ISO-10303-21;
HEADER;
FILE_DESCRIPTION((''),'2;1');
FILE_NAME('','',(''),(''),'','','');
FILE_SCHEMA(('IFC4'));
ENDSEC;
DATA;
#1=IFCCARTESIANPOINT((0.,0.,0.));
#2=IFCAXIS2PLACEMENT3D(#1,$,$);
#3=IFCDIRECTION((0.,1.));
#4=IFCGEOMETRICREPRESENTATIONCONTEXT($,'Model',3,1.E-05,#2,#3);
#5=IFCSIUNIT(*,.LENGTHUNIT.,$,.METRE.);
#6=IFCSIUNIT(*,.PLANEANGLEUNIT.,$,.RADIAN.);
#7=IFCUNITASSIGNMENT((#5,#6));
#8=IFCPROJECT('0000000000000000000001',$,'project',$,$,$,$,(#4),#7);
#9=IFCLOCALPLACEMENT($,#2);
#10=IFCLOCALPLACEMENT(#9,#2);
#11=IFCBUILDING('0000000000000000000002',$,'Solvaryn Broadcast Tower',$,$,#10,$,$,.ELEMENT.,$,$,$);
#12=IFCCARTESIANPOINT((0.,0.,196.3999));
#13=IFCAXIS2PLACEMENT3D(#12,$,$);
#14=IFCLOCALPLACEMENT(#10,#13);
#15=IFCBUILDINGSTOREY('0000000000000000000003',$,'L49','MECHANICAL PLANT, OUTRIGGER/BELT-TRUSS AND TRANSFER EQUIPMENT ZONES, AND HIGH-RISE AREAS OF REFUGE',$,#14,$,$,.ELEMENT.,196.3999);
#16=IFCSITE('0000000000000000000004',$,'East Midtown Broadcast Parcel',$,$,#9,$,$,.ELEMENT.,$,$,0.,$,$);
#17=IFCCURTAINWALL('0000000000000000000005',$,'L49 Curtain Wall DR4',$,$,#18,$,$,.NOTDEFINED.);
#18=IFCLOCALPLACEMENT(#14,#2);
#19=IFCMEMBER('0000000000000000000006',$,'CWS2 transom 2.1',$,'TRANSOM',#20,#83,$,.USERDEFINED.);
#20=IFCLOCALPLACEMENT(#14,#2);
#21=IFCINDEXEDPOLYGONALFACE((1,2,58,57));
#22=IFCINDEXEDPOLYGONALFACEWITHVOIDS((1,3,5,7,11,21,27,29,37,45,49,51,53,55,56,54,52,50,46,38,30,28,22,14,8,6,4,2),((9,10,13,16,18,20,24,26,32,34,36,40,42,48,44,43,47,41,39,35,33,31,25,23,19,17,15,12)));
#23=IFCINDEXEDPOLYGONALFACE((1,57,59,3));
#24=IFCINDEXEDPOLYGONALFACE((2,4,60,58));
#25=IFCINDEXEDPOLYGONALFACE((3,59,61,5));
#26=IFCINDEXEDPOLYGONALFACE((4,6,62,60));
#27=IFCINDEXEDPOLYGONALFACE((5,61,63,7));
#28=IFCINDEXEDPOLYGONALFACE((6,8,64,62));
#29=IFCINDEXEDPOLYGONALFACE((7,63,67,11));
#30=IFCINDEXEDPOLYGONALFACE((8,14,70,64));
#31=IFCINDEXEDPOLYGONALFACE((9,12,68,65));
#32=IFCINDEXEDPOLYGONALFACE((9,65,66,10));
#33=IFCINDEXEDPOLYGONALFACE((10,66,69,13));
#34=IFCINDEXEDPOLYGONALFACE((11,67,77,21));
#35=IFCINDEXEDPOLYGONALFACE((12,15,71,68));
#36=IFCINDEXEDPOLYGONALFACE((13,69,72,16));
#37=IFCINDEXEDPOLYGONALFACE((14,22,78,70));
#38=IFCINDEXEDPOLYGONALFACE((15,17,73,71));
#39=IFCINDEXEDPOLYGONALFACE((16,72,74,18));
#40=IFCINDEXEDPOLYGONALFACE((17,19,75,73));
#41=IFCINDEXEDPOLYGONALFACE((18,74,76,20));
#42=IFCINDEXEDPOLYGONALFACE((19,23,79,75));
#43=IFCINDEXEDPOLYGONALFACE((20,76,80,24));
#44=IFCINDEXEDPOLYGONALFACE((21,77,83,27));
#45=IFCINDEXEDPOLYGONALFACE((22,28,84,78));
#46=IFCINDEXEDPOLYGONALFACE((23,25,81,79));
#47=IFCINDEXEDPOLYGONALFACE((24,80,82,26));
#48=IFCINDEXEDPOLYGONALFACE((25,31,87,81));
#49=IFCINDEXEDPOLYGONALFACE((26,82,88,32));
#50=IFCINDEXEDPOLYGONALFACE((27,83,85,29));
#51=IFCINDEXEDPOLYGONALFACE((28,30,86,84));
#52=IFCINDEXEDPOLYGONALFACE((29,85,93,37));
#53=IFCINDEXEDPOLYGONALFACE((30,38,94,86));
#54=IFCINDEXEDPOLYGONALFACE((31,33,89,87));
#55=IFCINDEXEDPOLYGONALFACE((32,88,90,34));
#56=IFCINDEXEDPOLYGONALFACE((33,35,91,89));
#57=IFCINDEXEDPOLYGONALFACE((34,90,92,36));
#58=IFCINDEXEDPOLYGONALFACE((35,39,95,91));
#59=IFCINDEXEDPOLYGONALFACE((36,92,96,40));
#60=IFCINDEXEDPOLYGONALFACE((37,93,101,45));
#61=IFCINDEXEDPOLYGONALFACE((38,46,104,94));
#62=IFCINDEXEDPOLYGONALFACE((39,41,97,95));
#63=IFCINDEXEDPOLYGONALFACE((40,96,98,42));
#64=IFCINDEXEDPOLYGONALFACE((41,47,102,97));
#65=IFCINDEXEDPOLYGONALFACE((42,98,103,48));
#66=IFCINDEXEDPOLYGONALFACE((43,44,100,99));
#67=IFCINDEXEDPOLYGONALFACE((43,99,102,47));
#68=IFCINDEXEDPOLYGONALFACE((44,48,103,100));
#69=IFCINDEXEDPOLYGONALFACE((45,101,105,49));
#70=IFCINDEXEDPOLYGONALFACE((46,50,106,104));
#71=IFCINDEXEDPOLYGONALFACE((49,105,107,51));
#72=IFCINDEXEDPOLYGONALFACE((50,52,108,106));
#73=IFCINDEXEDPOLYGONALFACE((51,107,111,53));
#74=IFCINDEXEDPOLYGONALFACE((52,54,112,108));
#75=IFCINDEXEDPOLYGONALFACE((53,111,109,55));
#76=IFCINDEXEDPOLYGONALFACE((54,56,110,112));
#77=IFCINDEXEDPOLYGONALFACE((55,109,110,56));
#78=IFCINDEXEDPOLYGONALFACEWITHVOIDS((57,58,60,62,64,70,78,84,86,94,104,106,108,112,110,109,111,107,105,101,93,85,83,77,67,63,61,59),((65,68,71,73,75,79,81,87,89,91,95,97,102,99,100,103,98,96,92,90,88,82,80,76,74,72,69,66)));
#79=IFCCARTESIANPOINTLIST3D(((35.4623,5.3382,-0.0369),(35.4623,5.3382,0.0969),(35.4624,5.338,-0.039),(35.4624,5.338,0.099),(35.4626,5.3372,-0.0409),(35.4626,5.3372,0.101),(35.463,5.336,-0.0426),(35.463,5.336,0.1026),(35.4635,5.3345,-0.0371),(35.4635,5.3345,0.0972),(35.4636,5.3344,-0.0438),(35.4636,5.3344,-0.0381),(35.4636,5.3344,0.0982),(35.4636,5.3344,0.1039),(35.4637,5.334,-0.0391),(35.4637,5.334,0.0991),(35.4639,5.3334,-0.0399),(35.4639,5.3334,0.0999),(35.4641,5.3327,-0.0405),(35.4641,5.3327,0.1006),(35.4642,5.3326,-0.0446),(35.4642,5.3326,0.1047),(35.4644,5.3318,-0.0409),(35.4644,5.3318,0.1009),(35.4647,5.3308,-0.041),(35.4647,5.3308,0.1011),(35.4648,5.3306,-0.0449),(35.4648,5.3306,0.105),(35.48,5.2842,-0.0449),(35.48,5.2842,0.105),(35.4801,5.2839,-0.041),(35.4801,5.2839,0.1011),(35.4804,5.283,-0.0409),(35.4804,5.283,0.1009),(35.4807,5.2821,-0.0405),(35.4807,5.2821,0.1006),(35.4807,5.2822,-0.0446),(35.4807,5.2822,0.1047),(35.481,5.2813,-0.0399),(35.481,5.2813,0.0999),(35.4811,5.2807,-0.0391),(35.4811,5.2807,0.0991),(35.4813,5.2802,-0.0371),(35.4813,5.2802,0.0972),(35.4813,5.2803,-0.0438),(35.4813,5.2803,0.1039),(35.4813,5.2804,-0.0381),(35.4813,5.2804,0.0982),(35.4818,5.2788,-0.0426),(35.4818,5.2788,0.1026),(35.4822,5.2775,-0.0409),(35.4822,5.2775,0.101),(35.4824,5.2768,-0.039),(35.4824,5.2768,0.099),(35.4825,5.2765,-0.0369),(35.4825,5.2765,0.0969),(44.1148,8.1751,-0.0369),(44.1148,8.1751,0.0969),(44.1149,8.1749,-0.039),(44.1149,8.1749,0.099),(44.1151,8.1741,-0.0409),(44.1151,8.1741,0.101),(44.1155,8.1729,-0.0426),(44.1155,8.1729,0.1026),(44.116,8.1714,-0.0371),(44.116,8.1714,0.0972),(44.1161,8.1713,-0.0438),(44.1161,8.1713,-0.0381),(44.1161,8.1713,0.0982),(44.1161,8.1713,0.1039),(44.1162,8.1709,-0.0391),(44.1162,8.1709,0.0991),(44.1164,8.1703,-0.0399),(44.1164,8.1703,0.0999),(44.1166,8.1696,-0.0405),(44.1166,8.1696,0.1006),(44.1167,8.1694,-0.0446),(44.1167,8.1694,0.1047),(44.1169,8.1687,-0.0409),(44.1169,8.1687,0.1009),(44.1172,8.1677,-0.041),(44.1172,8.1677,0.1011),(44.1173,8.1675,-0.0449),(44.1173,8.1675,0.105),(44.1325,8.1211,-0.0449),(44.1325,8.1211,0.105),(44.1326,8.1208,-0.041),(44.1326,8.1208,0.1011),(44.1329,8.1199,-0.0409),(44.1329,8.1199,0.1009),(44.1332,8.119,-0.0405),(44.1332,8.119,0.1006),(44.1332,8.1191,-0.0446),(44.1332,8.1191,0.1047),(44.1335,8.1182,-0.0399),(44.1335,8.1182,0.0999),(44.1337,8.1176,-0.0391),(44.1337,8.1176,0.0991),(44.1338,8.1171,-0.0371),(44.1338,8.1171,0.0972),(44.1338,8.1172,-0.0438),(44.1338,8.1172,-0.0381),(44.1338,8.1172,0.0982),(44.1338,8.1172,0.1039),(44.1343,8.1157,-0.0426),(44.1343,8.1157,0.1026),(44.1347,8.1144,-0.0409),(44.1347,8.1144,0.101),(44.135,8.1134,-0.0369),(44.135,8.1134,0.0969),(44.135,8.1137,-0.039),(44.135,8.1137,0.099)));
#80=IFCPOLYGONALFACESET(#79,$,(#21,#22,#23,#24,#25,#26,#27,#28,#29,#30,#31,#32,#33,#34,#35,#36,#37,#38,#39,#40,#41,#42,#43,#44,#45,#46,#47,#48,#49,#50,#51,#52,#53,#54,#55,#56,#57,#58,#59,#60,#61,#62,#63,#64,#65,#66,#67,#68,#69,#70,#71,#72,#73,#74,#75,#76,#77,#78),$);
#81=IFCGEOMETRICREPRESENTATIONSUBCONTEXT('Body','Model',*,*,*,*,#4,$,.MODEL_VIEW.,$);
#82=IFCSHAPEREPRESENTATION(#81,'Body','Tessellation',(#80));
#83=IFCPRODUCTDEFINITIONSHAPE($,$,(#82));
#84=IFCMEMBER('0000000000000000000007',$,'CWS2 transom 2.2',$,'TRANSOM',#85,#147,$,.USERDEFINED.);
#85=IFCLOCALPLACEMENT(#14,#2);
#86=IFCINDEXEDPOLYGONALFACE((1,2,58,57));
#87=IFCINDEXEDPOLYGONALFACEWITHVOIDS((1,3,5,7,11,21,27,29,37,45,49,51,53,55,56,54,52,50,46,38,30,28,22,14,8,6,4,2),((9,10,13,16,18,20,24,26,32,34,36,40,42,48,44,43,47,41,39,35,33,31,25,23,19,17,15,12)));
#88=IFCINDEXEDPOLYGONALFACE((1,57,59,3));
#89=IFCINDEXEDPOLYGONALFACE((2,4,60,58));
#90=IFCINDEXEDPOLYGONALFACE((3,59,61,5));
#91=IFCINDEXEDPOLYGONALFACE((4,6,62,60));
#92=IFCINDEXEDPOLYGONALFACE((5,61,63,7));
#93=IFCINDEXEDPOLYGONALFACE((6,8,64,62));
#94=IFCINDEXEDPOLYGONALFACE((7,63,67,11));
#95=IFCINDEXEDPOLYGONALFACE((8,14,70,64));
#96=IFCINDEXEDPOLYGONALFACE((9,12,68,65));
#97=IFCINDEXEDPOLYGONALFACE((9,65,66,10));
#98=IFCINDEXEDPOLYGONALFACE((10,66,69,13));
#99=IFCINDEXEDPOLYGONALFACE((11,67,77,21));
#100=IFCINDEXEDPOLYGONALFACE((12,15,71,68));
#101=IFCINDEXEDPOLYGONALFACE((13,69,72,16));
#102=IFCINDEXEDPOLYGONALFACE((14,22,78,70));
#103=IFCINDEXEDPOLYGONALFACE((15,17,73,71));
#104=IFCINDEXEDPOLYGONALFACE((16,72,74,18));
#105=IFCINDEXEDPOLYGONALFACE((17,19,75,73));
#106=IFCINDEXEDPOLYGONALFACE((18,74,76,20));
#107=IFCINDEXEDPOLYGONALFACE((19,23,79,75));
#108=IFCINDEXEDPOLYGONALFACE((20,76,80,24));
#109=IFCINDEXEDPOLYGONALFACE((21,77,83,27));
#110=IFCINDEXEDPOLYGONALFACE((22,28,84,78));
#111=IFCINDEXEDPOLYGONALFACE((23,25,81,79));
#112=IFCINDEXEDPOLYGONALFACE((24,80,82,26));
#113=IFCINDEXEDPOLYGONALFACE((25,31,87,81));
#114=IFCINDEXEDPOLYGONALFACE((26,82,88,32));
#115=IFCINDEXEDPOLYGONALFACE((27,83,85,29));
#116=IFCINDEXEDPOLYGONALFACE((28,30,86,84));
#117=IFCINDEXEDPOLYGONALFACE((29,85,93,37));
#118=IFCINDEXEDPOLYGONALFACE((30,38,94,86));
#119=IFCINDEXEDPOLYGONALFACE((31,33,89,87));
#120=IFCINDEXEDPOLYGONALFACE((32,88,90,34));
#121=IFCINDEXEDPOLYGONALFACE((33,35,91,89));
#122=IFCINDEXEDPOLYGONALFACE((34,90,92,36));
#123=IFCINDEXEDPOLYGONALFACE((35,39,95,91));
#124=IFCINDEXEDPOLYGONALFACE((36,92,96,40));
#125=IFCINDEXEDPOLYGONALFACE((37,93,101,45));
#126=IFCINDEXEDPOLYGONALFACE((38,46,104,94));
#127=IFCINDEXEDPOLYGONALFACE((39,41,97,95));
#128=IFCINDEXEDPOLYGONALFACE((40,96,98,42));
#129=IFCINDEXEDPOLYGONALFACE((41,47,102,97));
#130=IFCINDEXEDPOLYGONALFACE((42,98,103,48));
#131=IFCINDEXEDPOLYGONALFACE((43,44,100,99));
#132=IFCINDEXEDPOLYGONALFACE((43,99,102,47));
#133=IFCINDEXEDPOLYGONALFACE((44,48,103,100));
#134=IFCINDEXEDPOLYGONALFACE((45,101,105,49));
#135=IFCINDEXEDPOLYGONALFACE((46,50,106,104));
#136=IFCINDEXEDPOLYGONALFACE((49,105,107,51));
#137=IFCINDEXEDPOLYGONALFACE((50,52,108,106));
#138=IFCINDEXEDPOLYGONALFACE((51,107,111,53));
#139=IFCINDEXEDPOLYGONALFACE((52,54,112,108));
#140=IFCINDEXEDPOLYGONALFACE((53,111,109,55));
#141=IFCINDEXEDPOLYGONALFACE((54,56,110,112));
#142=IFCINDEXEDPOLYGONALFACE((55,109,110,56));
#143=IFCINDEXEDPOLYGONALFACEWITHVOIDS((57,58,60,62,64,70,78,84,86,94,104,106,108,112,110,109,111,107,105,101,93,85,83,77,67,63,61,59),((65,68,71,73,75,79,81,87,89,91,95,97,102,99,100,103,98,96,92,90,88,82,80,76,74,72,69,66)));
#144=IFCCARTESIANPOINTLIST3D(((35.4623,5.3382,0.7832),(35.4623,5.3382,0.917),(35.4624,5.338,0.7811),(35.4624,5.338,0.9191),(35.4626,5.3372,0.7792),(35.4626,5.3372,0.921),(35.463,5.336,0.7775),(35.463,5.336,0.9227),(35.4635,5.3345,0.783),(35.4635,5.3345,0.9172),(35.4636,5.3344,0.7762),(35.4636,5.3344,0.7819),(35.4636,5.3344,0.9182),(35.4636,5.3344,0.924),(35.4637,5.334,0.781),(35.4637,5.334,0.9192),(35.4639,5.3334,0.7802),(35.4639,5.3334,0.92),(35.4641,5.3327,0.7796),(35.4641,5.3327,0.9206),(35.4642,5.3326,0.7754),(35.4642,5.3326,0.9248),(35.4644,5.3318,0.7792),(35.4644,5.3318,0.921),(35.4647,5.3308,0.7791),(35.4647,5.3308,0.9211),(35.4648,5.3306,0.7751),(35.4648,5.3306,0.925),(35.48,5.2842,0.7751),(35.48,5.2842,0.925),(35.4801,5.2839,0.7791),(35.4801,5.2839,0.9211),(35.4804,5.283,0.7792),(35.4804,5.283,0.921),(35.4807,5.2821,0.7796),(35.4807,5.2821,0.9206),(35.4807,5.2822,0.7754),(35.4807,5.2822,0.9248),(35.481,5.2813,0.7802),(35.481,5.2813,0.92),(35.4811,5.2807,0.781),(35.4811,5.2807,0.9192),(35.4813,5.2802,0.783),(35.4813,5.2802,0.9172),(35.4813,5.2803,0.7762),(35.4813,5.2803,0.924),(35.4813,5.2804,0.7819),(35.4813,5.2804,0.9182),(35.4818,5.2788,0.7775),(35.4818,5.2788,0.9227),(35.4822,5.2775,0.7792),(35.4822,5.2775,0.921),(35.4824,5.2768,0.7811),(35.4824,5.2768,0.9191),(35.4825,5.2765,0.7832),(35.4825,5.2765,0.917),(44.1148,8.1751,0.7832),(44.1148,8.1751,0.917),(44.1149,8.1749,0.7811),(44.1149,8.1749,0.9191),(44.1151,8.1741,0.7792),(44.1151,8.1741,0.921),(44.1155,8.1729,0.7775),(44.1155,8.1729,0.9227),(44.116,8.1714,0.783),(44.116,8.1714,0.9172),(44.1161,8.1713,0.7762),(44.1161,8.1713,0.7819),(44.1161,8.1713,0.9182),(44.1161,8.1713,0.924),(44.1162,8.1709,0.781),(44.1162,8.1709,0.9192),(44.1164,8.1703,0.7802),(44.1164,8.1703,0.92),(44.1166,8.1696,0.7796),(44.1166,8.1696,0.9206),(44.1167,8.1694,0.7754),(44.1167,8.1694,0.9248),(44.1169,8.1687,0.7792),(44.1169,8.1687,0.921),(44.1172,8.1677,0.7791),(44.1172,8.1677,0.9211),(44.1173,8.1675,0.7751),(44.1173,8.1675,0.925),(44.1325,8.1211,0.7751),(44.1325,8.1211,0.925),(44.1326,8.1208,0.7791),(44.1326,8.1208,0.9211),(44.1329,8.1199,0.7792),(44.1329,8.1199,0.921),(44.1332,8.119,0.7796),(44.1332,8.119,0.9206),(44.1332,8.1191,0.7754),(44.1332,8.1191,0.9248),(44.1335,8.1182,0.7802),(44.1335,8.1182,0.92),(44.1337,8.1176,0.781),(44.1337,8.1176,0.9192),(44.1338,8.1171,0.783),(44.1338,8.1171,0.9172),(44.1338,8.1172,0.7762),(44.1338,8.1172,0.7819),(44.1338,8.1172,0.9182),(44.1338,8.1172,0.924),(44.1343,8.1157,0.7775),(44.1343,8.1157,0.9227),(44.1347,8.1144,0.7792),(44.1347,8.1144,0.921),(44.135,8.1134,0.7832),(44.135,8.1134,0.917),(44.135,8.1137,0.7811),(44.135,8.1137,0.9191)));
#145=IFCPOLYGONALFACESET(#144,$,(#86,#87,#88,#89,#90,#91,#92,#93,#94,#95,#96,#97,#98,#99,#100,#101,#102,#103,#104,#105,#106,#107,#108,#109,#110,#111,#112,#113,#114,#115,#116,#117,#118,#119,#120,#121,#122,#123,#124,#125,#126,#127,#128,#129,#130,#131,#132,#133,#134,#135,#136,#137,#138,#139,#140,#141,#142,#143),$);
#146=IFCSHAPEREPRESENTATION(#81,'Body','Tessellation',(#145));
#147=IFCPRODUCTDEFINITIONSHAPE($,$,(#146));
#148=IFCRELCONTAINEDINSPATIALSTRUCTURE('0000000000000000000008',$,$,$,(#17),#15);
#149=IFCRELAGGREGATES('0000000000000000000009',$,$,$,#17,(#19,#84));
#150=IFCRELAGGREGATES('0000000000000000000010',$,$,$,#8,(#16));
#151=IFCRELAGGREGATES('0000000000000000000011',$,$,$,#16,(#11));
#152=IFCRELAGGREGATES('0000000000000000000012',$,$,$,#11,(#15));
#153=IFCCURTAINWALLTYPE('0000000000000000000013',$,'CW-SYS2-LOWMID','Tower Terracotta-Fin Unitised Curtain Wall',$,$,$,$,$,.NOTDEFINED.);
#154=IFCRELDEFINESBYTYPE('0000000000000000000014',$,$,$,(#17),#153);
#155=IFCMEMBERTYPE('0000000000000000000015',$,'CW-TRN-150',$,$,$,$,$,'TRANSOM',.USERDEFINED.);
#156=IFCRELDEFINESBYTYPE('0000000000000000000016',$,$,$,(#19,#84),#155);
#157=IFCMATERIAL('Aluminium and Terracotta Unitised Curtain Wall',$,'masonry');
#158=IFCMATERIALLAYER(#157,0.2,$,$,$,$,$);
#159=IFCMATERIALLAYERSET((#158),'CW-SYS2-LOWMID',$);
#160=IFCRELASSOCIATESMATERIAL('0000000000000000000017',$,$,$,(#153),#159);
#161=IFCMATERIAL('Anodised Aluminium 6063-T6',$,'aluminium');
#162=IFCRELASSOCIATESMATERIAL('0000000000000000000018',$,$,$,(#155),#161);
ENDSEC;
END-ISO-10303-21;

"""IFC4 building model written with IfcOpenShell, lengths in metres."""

from ifc_helpers import new_model, si_unit, direction, frame, origin, origin_2d, place, context, subcontext, project, spatial, hollow_rectangle, extrude, material, layer, layer_set, material_profile, profile_set, type_object, element, aggregate, save


model = new_model("IFC4")

# Units and contexts
model_context = context("Model", 3, precision=1e-05, world=origin(), true_north=direction((0.0, 1.0)))
body_context = subcontext(model_context, "Body", "Model", "MODEL_VIEW")
ifc_project = project(units=[si_unit("LENGTHUNIT", "METRE"), si_unit("PLANEANGLEUNIT", "RADIAN")], contexts=[model_context])

# Site, building, storey
site_placement = place(None, origin())
site = spatial("IfcSite", under=ifc_project, at=site_placement, Name="East Midtown Broadcast Parcel", CompositionType="ELEMENT", RefElevation=0.0)
building_placement = place(site_placement, origin())
building = spatial("IfcBuilding", under=site, at=building_placement, Name="Solvaryn Broadcast Tower", CompositionType="ELEMENT")
storey_placement = place(building_placement, frame((0.0, 0.0, 196.3999)))
storey = spatial("IfcBuildingStorey", under=building, at=storey_placement, Name="L49", Description="MECHANICAL PLANT, OUTRIGGER/BELT-TRUSS AND TRANSFER EQUIPMENT ZONES, AND HIGH-RISE AREAS OF REFUGE", CompositionType="ELEMENT", Elevation=196.3999)

# Shared definitions
ifc_material_1 = material(Name="Aluminium and Terracotta Unitised Curtain Wall", Category="masonry")
ifc_layer_1 = layer(ifc_material_1, 0.2)
ifc_layer_set_1 = layer_set([ifc_layer_1], Name="CW-SYS2-LOWMID")
curtain_wall_type = type_object("IfcCurtainWallType", Name="CW-SYS2-LOWMID", Description="Tower Terracotta-Fin Unitised Curtain Wall", PredefinedType="NOTDEFINED", material=ifc_layer_set_1)

# Curtain wall, members
curtain_wall_1_placement = place(storey_placement, origin())
curtain_wall_1 = element("IfcCurtainWall", 1, at=curtain_wall_1_placement, inside=storey, type_object=curtain_wall_type, Name="L49 Curtain Wall DR4", PredefinedType="NOTDEFINED")
ifc_material_2 = material(Name="Anodised Aluminium 6063-T6", Category="aluminium")
ifc_material_profile_1 = material_profile(ifc_material_2, hollow_rectangle(XDim=0.0649, YDim=0.1499, WallThickness=0.0039, InnerFilletRadius=0.0039, OuterFilletRadius=0.0081, at=origin_2d()))
ifc_profile_set_1 = profile_set([ifc_material_profile_1], Name="Anodised Aluminium 6063-T6")
member_type_1 = type_object("IfcMemberType", Name="CW-TRN-150", ElementType="TRANSOM", PredefinedType="USERDEFINED", material=ifc_profile_set_1)
member_1_placement = place(storey_placement, frame((35.4724, 5.3074, 0.03), z_axis=(0.95023, 0.311551, 0.0), x_axis=(-0.311551, 0.95023, 0.0)))
member_1 = element("IfcMember", 2, at=member_1_placement, type_object=member_type_1, Name="CWS2 transom 2.1", ObjectType="TRANSOM", PredefinedType="USERDEFINED", context=body_context, shape_type="SweptSolid", body=[
    extrude(hollow_rectangle(XDim=0.0649, YDim=0.1499, WallThickness=0.0039, InnerFilletRadius=0.0039, OuterFilletRadius=0.0081, at=origin_2d()), origin(), (0.0, 0.0, 1.0), 9.1057),
])
member_2_placement = place(storey_placement, frame((35.4724, 5.3074, 0.8501), z_axis=(0.95023, 0.311551, 0.0), x_axis=(-0.311551, 0.95023, 0.0)))
member_2 = element("IfcMember", 3, at=member_2_placement, type_object=member_type_1, Name="CWS2 transom 2.2", ObjectType="TRANSOM", PredefinedType="USERDEFINED", context=body_context, shape_type="SweptSolid", body=[
    extrude(hollow_rectangle(XDim=0.0649, YDim=0.1499, WallThickness=0.0039, InnerFilletRadius=0.0039, OuterFilletRadius=0.0081, at=origin_2d()), origin(), (0.0, 0.0, 1.0), 9.1057),
])

aggregate(curtain_wall_1, [member_1, member_2])

save(model, "model.ifc")
